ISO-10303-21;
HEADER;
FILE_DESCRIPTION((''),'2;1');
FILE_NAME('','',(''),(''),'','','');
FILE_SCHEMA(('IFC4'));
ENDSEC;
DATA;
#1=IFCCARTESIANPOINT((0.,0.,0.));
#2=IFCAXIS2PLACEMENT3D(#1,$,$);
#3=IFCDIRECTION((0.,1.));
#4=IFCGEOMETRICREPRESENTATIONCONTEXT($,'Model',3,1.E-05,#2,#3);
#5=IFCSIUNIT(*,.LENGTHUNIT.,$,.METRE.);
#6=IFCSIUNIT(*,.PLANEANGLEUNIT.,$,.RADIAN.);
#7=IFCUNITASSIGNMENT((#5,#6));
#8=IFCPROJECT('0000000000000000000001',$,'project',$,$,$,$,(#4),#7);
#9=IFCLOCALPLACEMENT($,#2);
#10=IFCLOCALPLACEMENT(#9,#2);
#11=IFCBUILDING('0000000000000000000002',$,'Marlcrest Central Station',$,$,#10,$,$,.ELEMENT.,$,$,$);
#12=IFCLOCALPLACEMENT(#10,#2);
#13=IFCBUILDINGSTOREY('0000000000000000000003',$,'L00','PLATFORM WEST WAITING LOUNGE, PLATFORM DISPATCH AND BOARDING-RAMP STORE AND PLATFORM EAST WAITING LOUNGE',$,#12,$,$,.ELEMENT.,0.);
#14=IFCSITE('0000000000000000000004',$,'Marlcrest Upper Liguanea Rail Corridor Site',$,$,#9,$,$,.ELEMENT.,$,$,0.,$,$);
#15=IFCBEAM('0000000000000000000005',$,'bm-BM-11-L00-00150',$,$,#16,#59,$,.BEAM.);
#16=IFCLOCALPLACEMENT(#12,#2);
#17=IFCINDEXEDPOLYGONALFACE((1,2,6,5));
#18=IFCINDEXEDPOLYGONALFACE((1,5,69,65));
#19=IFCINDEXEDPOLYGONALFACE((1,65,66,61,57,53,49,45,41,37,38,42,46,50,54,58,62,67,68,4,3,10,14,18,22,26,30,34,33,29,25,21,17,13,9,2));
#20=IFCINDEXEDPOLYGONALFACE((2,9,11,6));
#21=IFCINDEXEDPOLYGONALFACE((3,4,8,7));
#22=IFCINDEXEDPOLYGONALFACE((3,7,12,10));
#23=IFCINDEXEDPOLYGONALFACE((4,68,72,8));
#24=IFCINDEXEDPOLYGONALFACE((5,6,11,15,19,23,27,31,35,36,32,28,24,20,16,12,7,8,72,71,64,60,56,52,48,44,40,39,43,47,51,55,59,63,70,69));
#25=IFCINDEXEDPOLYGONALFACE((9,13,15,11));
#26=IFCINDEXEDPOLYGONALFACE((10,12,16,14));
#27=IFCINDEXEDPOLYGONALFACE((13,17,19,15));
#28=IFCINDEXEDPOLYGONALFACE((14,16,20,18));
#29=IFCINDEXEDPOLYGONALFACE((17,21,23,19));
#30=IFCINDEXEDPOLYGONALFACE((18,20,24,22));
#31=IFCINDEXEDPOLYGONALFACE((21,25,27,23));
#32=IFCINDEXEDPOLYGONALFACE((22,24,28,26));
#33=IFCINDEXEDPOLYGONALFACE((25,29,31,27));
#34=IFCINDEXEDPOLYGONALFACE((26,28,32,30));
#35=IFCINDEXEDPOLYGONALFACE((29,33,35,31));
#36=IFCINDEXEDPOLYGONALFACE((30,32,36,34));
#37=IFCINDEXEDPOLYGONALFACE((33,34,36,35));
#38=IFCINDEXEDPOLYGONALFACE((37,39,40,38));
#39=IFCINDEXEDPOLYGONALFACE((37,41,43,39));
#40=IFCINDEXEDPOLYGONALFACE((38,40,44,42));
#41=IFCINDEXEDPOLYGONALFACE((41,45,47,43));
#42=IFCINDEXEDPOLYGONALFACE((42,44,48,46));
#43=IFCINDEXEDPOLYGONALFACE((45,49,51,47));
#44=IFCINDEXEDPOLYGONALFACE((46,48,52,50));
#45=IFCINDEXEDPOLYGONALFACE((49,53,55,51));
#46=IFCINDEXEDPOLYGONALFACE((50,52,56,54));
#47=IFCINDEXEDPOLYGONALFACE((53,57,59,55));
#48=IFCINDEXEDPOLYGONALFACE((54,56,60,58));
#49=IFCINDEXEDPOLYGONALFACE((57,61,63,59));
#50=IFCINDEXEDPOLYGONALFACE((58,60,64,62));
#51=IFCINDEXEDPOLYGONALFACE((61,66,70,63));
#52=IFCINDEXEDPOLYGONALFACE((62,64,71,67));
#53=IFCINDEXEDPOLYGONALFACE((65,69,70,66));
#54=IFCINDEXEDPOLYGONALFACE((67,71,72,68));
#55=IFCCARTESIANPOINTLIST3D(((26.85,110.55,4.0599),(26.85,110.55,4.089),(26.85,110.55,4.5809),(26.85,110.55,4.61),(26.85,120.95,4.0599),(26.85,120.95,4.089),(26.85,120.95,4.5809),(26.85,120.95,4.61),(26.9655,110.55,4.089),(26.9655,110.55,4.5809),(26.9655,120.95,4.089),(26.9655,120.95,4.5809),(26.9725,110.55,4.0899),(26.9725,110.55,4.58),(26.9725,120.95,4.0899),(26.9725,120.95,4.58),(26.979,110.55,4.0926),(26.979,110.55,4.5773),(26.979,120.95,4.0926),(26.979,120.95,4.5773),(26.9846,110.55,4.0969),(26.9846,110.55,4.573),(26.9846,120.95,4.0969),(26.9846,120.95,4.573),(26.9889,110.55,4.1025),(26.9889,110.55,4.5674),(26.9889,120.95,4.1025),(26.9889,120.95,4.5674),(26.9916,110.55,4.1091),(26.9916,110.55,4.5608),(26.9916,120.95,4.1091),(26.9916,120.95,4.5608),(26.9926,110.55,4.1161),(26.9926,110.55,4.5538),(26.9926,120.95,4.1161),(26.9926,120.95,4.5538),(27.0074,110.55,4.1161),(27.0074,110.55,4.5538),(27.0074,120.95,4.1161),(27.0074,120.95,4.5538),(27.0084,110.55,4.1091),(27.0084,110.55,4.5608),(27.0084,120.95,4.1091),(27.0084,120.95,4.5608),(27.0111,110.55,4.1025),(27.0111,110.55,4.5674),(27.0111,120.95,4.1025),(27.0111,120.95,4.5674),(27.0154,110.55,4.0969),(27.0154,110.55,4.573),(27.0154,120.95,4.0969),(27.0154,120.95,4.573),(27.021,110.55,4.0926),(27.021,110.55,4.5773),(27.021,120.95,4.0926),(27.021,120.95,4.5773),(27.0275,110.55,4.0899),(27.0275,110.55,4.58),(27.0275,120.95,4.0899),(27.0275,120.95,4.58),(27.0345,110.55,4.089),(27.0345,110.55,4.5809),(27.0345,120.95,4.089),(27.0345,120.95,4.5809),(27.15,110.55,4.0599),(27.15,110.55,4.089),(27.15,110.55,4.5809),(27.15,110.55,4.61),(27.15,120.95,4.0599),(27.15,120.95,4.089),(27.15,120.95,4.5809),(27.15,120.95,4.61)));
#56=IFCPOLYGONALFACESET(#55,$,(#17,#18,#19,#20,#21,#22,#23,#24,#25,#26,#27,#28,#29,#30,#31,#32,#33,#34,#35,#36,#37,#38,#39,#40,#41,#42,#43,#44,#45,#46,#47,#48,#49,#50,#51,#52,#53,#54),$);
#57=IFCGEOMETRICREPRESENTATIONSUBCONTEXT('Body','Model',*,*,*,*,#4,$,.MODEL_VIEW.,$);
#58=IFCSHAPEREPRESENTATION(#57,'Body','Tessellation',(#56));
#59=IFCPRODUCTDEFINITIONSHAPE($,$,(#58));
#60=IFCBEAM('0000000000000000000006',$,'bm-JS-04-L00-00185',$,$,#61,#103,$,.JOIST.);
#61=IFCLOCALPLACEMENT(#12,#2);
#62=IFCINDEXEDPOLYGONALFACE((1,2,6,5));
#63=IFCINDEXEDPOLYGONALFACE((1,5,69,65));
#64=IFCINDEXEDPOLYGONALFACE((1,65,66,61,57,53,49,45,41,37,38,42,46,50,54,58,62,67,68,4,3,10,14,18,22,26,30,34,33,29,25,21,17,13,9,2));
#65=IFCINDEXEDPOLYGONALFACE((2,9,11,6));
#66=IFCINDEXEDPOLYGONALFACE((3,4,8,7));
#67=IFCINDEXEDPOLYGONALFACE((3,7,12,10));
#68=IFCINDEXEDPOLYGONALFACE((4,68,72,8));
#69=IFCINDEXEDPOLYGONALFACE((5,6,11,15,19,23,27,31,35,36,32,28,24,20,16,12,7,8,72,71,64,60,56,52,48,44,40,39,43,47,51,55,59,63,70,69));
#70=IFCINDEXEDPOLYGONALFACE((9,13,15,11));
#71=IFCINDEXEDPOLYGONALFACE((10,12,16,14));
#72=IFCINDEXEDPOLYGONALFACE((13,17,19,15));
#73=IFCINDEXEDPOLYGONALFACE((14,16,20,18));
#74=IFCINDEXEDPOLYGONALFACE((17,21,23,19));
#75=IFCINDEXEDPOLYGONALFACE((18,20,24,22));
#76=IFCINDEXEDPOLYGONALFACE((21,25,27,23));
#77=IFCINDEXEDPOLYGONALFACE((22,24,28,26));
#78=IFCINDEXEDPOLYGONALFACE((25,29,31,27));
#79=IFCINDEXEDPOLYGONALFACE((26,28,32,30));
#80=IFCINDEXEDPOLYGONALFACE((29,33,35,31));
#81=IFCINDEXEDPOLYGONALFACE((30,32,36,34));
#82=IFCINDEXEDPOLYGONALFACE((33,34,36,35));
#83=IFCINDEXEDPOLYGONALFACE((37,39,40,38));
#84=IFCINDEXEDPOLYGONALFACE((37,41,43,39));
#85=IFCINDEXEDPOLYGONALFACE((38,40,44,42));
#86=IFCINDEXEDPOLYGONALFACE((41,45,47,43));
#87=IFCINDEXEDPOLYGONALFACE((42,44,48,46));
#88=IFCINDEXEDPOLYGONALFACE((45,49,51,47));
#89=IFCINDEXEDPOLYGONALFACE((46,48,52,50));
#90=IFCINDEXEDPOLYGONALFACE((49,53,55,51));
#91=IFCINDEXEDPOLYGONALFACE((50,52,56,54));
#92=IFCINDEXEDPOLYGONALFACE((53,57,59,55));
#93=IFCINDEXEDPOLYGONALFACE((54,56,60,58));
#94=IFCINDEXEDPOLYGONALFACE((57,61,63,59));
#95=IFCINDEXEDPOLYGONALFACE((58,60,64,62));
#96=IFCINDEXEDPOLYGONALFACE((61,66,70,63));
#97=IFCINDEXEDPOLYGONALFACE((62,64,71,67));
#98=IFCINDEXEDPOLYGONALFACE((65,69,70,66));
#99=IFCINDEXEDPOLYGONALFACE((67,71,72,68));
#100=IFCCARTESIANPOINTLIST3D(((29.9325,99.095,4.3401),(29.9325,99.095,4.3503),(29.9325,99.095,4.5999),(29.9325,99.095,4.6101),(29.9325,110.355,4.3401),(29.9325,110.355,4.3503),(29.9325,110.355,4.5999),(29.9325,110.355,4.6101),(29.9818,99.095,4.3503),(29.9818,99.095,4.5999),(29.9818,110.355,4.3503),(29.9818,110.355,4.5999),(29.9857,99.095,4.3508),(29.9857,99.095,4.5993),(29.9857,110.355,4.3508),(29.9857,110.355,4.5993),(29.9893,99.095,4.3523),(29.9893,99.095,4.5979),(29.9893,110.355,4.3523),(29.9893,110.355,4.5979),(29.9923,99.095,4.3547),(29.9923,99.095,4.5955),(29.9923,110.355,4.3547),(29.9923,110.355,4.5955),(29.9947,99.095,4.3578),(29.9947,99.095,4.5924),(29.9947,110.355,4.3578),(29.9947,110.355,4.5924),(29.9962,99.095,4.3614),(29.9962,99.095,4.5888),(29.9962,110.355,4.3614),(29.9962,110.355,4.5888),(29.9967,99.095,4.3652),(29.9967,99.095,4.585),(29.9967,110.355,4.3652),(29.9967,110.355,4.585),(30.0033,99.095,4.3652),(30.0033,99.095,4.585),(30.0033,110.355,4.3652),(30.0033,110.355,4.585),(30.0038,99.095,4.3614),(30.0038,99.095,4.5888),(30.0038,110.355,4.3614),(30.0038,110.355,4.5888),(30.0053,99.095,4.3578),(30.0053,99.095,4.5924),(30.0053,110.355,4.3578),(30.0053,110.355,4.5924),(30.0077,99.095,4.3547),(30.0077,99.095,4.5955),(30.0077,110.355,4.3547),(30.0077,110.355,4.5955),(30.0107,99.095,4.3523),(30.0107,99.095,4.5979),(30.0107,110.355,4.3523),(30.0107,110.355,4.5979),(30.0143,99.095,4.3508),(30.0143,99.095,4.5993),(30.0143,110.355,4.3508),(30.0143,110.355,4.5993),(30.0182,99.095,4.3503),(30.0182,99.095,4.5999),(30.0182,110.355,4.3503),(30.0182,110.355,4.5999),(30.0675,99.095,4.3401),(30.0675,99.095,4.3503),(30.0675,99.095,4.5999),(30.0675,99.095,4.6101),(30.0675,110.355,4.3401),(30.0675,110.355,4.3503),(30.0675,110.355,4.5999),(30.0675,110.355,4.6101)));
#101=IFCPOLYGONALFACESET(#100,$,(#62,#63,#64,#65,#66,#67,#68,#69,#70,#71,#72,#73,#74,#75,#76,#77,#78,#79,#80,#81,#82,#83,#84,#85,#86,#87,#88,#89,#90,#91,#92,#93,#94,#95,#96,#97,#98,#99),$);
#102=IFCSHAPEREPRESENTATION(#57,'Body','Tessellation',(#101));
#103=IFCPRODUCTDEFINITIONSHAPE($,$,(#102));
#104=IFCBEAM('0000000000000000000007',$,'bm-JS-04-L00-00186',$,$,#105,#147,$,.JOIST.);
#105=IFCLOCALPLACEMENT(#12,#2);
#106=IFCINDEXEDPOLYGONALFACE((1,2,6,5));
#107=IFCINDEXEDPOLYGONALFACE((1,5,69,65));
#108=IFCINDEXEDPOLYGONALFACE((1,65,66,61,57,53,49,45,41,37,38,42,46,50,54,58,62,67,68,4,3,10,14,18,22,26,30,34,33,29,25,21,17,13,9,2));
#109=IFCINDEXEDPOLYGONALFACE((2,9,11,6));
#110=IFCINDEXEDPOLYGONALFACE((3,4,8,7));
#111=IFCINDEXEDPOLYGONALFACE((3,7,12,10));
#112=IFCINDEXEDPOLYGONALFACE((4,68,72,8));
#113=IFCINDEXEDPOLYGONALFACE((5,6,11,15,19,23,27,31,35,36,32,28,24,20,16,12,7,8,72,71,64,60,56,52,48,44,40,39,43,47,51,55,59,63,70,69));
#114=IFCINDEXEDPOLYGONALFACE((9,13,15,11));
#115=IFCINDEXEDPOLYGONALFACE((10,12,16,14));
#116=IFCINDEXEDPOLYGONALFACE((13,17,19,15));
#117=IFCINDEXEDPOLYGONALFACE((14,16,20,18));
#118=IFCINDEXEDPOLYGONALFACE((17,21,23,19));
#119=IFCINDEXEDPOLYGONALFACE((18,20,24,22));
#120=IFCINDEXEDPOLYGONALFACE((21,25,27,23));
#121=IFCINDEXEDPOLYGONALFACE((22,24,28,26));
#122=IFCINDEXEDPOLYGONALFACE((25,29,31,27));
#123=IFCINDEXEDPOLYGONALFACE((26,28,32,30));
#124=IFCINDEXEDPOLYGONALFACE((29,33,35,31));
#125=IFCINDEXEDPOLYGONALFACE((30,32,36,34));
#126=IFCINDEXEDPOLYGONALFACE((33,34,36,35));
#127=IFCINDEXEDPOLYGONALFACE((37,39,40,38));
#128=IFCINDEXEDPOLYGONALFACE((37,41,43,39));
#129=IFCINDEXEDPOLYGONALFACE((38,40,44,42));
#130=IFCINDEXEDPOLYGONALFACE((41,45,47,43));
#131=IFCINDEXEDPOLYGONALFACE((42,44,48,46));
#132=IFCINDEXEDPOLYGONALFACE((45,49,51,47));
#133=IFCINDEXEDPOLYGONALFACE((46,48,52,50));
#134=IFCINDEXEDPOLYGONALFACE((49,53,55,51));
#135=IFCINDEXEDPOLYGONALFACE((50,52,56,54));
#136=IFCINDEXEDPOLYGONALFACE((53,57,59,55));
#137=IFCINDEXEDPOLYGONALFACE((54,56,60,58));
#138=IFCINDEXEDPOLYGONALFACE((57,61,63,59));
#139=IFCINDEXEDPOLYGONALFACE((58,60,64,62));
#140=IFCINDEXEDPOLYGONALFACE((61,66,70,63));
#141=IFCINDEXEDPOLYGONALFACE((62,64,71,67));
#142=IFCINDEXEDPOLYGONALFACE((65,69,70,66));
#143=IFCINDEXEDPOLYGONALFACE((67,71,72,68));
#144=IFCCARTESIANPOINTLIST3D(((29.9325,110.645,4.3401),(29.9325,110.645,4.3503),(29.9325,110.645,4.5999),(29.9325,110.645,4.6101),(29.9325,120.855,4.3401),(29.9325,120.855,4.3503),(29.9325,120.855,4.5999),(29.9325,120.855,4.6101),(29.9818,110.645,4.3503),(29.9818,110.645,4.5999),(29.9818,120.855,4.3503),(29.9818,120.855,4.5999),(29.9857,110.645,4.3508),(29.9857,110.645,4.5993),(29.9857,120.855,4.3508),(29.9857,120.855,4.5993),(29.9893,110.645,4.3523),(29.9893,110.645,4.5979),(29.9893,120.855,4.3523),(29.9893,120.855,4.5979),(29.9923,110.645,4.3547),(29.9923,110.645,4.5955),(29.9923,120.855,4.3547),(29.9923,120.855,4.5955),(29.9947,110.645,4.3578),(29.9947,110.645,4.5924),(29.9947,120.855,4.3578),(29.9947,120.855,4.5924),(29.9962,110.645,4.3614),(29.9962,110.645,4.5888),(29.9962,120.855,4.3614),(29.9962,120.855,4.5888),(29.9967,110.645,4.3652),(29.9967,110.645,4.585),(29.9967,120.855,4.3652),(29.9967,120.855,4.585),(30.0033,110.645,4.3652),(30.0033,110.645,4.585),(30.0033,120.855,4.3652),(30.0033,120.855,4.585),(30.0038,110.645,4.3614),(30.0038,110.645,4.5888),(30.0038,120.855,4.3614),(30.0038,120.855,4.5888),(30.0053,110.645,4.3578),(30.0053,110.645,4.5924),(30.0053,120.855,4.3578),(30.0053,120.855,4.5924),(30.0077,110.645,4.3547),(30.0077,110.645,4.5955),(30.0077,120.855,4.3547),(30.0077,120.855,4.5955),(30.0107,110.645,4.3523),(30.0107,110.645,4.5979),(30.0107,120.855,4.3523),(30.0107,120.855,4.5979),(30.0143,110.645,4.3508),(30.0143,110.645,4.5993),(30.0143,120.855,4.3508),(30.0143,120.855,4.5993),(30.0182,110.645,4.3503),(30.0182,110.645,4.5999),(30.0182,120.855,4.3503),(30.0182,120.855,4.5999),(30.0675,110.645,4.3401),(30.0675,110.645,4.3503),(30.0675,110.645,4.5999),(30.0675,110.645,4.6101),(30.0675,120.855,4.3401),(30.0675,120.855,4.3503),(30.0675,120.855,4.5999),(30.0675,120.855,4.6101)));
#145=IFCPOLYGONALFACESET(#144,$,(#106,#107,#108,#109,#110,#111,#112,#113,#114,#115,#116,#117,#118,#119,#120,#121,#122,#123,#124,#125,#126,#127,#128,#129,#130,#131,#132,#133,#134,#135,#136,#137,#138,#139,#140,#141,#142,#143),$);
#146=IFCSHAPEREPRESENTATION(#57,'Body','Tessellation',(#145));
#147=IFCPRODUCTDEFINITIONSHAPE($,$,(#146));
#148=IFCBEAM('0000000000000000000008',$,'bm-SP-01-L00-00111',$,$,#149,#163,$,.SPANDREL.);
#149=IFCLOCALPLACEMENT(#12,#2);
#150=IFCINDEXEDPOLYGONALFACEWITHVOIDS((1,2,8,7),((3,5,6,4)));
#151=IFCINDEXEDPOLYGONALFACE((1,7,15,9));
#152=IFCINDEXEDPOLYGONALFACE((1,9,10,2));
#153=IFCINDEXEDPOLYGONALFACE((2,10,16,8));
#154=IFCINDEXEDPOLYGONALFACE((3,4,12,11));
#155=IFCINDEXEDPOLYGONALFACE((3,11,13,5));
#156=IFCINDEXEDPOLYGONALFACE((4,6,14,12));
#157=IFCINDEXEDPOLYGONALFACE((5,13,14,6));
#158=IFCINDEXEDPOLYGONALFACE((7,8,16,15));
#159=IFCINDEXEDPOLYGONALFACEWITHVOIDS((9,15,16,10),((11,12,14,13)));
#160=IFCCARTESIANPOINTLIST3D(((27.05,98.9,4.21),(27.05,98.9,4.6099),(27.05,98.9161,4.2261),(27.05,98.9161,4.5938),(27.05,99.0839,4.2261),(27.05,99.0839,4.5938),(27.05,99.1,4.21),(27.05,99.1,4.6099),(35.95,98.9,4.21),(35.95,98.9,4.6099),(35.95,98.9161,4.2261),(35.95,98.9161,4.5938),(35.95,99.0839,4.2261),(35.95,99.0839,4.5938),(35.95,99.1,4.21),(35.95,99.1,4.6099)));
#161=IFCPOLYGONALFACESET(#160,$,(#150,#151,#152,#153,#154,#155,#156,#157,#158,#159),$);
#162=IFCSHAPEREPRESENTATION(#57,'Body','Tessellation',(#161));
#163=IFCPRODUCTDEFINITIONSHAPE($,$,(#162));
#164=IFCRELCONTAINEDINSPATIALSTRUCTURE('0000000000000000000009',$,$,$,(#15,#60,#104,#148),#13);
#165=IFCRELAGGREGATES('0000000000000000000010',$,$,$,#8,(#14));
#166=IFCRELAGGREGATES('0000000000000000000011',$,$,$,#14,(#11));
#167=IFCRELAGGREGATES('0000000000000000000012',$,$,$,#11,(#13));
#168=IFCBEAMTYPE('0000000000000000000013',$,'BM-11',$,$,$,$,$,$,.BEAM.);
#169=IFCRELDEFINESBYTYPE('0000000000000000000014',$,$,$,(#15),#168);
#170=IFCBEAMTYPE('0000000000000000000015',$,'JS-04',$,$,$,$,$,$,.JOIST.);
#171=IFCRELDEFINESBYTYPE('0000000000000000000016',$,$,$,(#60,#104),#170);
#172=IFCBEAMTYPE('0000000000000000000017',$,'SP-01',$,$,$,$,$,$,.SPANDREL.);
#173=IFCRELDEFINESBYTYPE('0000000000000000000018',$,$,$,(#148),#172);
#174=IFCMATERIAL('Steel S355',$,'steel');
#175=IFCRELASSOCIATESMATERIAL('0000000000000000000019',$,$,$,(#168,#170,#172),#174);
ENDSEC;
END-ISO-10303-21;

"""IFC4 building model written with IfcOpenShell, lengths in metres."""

from ifc_helpers import new_model, si_unit, direction, frame, origin, origin_2d, place, context, subcontext, project, spatial, hollow_rectangle, i_section, extrude, material, material_profile, profile_set, type_object, element, save


model = new_model("IFC4")

# Units and contexts
model_context = context("Model", 3, precision=1e-05, world=origin(), true_north=direction((0.0, 1.0)))
body_context = subcontext(model_context, "Body", "Model", "MODEL_VIEW")
ifc_project = project(units=[si_unit("LENGTHUNIT", "METRE"), si_unit("PLANEANGLEUNIT", "RADIAN")], contexts=[model_context])

# Site, building, storey
site_placement = place(None, origin())
site = spatial("IfcSite", under=ifc_project, at=site_placement, Name="Marlcrest Upper Liguanea Rail Corridor Site", CompositionType="ELEMENT", RefElevation=0.0)
building_placement = place(site_placement, origin())
building = spatial("IfcBuilding", under=site, at=building_placement, Name="Marlcrest Central Station", CompositionType="ELEMENT")
storey_placement = place(building_placement, origin())
storey = spatial("IfcBuildingStorey", under=building, at=storey_placement, Name="L00", Description="PLATFORM WEST WAITING LOUNGE, PLATFORM DISPATCH AND BOARDING-RAMP STORE AND PLATFORM EAST WAITING LOUNGE", CompositionType="ELEMENT", Elevation=0.0)

# Shared definitions
ifc_material_1 = material(Name="Steel S355", Category="steel")

# Beams
ifc_material_profile_1 = material_profile(ifc_material_1, i_section(OverallWidth=0.3, OverallDepth=0.55, WebThickness=0.0149, FlangeThickness=0.0291, FilletRadius=0.0271, at=origin_2d()), Name="HEB 550")
ifc_profile_set_1 = profile_set([ifc_material_profile_1], Name="Steel S355")
beam_type_1 = type_object("IfcBeamType", Name="BM-11", PredefinedType="BEAM", material=ifc_profile_set_1)
beam_1_placement = place(storey_placement, frame((27.0, 110.55, 4.335), z_axis=(0.0, 1.0, 0.0), x_axis=(-1.0, 0.0, 0.0)))
element("IfcBeam", 1, at=beam_1_placement, inside=storey, type_object=beam_type_1, Name="bm-BM-11-L00-00150", PredefinedType="BEAM", context=body_context, shape_type="SweptSolid", body=[
    extrude(i_section(OverallWidth=0.3, OverallDepth=0.55, WebThickness=0.0149, FlangeThickness=0.0291, FilletRadius=0.0271, at=origin_2d()), origin(), (0.0, 0.0, 1.0), 10.3999),
])
ifc_material_profile_2 = material_profile(ifc_material_1, i_section(OverallWidth=0.135, OverallDepth=0.27, WebThickness=0.0066, FlangeThickness=0.0103, FilletRadius=0.0149, at=origin_2d()), Name="IPE 270")
ifc_profile_set_2 = profile_set([ifc_material_profile_2], Name="Steel S355")
beam_type_2 = type_object("IfcBeamType", Name="JS-04", PredefinedType="JOIST", material=ifc_profile_set_2)
beam_2_placement = place(storey_placement, frame((30.0, 99.095, 4.4751), z_axis=(0.0, 1.0, 0.0), x_axis=(-1.0, 0.0, 0.0)))
element("IfcBeam", 2, at=beam_2_placement, inside=storey, type_object=beam_type_2, Name="bm-JS-04-L00-00185", PredefinedType="JOIST", context=body_context, shape_type="SweptSolid", body=[
    extrude(i_section(OverallWidth=0.135, OverallDepth=0.27, WebThickness=0.0066, FlangeThickness=0.0103, FilletRadius=0.0149, at=origin_2d()), origin(), (0.0, 0.0, 1.0), 11.26),
])
beam_3_placement = place(storey_placement, frame((30.0, 110.645, 4.4751), z_axis=(0.0, 1.0, 0.0), x_axis=(-1.0, 0.0, 0.0)))
element("IfcBeam", 3, at=beam_3_placement, inside=storey, type_object=beam_type_2, Name="bm-JS-04-L00-00186", PredefinedType="JOIST", context=body_context, shape_type="SweptSolid", body=[
    extrude(i_section(OverallWidth=0.135, OverallDepth=0.27, WebThickness=0.0066, FlangeThickness=0.0103, FilletRadius=0.0149, at=origin_2d()), origin(), (0.0, 0.0, 1.0), 10.21),
])
ifc_material_profile_3 = material_profile(ifc_material_1, hollow_rectangle(XDim=0.2, YDim=0.3999, WallThickness=0.0161, at=origin_2d()), Name="RHS 400x200x16")
ifc_profile_set_3 = profile_set([ifc_material_profile_3], Name="Steel S355")
beam_type_3 = type_object("IfcBeamType", Name="SP-01", PredefinedType="SPANDREL", material=ifc_profile_set_3)
beam_4_placement = place(storey_placement, frame((27.05, 99.0, 4.4099), z_axis=(1.0, 0.0, 0.0), x_axis=(0.0, 1.0, 0.0)))
element("IfcBeam", 4, at=beam_4_placement, inside=storey, type_object=beam_type_3, Name="bm-SP-01-L00-00111", PredefinedType="SPANDREL", context=body_context, shape_type="SweptSolid", body=[
    extrude(hollow_rectangle(XDim=0.2, YDim=0.3999, WallThickness=0.0161, at=origin_2d()), origin(), (0.0, 0.0, 1.0), 8.8999),
])

save(model, "model.ifc")
